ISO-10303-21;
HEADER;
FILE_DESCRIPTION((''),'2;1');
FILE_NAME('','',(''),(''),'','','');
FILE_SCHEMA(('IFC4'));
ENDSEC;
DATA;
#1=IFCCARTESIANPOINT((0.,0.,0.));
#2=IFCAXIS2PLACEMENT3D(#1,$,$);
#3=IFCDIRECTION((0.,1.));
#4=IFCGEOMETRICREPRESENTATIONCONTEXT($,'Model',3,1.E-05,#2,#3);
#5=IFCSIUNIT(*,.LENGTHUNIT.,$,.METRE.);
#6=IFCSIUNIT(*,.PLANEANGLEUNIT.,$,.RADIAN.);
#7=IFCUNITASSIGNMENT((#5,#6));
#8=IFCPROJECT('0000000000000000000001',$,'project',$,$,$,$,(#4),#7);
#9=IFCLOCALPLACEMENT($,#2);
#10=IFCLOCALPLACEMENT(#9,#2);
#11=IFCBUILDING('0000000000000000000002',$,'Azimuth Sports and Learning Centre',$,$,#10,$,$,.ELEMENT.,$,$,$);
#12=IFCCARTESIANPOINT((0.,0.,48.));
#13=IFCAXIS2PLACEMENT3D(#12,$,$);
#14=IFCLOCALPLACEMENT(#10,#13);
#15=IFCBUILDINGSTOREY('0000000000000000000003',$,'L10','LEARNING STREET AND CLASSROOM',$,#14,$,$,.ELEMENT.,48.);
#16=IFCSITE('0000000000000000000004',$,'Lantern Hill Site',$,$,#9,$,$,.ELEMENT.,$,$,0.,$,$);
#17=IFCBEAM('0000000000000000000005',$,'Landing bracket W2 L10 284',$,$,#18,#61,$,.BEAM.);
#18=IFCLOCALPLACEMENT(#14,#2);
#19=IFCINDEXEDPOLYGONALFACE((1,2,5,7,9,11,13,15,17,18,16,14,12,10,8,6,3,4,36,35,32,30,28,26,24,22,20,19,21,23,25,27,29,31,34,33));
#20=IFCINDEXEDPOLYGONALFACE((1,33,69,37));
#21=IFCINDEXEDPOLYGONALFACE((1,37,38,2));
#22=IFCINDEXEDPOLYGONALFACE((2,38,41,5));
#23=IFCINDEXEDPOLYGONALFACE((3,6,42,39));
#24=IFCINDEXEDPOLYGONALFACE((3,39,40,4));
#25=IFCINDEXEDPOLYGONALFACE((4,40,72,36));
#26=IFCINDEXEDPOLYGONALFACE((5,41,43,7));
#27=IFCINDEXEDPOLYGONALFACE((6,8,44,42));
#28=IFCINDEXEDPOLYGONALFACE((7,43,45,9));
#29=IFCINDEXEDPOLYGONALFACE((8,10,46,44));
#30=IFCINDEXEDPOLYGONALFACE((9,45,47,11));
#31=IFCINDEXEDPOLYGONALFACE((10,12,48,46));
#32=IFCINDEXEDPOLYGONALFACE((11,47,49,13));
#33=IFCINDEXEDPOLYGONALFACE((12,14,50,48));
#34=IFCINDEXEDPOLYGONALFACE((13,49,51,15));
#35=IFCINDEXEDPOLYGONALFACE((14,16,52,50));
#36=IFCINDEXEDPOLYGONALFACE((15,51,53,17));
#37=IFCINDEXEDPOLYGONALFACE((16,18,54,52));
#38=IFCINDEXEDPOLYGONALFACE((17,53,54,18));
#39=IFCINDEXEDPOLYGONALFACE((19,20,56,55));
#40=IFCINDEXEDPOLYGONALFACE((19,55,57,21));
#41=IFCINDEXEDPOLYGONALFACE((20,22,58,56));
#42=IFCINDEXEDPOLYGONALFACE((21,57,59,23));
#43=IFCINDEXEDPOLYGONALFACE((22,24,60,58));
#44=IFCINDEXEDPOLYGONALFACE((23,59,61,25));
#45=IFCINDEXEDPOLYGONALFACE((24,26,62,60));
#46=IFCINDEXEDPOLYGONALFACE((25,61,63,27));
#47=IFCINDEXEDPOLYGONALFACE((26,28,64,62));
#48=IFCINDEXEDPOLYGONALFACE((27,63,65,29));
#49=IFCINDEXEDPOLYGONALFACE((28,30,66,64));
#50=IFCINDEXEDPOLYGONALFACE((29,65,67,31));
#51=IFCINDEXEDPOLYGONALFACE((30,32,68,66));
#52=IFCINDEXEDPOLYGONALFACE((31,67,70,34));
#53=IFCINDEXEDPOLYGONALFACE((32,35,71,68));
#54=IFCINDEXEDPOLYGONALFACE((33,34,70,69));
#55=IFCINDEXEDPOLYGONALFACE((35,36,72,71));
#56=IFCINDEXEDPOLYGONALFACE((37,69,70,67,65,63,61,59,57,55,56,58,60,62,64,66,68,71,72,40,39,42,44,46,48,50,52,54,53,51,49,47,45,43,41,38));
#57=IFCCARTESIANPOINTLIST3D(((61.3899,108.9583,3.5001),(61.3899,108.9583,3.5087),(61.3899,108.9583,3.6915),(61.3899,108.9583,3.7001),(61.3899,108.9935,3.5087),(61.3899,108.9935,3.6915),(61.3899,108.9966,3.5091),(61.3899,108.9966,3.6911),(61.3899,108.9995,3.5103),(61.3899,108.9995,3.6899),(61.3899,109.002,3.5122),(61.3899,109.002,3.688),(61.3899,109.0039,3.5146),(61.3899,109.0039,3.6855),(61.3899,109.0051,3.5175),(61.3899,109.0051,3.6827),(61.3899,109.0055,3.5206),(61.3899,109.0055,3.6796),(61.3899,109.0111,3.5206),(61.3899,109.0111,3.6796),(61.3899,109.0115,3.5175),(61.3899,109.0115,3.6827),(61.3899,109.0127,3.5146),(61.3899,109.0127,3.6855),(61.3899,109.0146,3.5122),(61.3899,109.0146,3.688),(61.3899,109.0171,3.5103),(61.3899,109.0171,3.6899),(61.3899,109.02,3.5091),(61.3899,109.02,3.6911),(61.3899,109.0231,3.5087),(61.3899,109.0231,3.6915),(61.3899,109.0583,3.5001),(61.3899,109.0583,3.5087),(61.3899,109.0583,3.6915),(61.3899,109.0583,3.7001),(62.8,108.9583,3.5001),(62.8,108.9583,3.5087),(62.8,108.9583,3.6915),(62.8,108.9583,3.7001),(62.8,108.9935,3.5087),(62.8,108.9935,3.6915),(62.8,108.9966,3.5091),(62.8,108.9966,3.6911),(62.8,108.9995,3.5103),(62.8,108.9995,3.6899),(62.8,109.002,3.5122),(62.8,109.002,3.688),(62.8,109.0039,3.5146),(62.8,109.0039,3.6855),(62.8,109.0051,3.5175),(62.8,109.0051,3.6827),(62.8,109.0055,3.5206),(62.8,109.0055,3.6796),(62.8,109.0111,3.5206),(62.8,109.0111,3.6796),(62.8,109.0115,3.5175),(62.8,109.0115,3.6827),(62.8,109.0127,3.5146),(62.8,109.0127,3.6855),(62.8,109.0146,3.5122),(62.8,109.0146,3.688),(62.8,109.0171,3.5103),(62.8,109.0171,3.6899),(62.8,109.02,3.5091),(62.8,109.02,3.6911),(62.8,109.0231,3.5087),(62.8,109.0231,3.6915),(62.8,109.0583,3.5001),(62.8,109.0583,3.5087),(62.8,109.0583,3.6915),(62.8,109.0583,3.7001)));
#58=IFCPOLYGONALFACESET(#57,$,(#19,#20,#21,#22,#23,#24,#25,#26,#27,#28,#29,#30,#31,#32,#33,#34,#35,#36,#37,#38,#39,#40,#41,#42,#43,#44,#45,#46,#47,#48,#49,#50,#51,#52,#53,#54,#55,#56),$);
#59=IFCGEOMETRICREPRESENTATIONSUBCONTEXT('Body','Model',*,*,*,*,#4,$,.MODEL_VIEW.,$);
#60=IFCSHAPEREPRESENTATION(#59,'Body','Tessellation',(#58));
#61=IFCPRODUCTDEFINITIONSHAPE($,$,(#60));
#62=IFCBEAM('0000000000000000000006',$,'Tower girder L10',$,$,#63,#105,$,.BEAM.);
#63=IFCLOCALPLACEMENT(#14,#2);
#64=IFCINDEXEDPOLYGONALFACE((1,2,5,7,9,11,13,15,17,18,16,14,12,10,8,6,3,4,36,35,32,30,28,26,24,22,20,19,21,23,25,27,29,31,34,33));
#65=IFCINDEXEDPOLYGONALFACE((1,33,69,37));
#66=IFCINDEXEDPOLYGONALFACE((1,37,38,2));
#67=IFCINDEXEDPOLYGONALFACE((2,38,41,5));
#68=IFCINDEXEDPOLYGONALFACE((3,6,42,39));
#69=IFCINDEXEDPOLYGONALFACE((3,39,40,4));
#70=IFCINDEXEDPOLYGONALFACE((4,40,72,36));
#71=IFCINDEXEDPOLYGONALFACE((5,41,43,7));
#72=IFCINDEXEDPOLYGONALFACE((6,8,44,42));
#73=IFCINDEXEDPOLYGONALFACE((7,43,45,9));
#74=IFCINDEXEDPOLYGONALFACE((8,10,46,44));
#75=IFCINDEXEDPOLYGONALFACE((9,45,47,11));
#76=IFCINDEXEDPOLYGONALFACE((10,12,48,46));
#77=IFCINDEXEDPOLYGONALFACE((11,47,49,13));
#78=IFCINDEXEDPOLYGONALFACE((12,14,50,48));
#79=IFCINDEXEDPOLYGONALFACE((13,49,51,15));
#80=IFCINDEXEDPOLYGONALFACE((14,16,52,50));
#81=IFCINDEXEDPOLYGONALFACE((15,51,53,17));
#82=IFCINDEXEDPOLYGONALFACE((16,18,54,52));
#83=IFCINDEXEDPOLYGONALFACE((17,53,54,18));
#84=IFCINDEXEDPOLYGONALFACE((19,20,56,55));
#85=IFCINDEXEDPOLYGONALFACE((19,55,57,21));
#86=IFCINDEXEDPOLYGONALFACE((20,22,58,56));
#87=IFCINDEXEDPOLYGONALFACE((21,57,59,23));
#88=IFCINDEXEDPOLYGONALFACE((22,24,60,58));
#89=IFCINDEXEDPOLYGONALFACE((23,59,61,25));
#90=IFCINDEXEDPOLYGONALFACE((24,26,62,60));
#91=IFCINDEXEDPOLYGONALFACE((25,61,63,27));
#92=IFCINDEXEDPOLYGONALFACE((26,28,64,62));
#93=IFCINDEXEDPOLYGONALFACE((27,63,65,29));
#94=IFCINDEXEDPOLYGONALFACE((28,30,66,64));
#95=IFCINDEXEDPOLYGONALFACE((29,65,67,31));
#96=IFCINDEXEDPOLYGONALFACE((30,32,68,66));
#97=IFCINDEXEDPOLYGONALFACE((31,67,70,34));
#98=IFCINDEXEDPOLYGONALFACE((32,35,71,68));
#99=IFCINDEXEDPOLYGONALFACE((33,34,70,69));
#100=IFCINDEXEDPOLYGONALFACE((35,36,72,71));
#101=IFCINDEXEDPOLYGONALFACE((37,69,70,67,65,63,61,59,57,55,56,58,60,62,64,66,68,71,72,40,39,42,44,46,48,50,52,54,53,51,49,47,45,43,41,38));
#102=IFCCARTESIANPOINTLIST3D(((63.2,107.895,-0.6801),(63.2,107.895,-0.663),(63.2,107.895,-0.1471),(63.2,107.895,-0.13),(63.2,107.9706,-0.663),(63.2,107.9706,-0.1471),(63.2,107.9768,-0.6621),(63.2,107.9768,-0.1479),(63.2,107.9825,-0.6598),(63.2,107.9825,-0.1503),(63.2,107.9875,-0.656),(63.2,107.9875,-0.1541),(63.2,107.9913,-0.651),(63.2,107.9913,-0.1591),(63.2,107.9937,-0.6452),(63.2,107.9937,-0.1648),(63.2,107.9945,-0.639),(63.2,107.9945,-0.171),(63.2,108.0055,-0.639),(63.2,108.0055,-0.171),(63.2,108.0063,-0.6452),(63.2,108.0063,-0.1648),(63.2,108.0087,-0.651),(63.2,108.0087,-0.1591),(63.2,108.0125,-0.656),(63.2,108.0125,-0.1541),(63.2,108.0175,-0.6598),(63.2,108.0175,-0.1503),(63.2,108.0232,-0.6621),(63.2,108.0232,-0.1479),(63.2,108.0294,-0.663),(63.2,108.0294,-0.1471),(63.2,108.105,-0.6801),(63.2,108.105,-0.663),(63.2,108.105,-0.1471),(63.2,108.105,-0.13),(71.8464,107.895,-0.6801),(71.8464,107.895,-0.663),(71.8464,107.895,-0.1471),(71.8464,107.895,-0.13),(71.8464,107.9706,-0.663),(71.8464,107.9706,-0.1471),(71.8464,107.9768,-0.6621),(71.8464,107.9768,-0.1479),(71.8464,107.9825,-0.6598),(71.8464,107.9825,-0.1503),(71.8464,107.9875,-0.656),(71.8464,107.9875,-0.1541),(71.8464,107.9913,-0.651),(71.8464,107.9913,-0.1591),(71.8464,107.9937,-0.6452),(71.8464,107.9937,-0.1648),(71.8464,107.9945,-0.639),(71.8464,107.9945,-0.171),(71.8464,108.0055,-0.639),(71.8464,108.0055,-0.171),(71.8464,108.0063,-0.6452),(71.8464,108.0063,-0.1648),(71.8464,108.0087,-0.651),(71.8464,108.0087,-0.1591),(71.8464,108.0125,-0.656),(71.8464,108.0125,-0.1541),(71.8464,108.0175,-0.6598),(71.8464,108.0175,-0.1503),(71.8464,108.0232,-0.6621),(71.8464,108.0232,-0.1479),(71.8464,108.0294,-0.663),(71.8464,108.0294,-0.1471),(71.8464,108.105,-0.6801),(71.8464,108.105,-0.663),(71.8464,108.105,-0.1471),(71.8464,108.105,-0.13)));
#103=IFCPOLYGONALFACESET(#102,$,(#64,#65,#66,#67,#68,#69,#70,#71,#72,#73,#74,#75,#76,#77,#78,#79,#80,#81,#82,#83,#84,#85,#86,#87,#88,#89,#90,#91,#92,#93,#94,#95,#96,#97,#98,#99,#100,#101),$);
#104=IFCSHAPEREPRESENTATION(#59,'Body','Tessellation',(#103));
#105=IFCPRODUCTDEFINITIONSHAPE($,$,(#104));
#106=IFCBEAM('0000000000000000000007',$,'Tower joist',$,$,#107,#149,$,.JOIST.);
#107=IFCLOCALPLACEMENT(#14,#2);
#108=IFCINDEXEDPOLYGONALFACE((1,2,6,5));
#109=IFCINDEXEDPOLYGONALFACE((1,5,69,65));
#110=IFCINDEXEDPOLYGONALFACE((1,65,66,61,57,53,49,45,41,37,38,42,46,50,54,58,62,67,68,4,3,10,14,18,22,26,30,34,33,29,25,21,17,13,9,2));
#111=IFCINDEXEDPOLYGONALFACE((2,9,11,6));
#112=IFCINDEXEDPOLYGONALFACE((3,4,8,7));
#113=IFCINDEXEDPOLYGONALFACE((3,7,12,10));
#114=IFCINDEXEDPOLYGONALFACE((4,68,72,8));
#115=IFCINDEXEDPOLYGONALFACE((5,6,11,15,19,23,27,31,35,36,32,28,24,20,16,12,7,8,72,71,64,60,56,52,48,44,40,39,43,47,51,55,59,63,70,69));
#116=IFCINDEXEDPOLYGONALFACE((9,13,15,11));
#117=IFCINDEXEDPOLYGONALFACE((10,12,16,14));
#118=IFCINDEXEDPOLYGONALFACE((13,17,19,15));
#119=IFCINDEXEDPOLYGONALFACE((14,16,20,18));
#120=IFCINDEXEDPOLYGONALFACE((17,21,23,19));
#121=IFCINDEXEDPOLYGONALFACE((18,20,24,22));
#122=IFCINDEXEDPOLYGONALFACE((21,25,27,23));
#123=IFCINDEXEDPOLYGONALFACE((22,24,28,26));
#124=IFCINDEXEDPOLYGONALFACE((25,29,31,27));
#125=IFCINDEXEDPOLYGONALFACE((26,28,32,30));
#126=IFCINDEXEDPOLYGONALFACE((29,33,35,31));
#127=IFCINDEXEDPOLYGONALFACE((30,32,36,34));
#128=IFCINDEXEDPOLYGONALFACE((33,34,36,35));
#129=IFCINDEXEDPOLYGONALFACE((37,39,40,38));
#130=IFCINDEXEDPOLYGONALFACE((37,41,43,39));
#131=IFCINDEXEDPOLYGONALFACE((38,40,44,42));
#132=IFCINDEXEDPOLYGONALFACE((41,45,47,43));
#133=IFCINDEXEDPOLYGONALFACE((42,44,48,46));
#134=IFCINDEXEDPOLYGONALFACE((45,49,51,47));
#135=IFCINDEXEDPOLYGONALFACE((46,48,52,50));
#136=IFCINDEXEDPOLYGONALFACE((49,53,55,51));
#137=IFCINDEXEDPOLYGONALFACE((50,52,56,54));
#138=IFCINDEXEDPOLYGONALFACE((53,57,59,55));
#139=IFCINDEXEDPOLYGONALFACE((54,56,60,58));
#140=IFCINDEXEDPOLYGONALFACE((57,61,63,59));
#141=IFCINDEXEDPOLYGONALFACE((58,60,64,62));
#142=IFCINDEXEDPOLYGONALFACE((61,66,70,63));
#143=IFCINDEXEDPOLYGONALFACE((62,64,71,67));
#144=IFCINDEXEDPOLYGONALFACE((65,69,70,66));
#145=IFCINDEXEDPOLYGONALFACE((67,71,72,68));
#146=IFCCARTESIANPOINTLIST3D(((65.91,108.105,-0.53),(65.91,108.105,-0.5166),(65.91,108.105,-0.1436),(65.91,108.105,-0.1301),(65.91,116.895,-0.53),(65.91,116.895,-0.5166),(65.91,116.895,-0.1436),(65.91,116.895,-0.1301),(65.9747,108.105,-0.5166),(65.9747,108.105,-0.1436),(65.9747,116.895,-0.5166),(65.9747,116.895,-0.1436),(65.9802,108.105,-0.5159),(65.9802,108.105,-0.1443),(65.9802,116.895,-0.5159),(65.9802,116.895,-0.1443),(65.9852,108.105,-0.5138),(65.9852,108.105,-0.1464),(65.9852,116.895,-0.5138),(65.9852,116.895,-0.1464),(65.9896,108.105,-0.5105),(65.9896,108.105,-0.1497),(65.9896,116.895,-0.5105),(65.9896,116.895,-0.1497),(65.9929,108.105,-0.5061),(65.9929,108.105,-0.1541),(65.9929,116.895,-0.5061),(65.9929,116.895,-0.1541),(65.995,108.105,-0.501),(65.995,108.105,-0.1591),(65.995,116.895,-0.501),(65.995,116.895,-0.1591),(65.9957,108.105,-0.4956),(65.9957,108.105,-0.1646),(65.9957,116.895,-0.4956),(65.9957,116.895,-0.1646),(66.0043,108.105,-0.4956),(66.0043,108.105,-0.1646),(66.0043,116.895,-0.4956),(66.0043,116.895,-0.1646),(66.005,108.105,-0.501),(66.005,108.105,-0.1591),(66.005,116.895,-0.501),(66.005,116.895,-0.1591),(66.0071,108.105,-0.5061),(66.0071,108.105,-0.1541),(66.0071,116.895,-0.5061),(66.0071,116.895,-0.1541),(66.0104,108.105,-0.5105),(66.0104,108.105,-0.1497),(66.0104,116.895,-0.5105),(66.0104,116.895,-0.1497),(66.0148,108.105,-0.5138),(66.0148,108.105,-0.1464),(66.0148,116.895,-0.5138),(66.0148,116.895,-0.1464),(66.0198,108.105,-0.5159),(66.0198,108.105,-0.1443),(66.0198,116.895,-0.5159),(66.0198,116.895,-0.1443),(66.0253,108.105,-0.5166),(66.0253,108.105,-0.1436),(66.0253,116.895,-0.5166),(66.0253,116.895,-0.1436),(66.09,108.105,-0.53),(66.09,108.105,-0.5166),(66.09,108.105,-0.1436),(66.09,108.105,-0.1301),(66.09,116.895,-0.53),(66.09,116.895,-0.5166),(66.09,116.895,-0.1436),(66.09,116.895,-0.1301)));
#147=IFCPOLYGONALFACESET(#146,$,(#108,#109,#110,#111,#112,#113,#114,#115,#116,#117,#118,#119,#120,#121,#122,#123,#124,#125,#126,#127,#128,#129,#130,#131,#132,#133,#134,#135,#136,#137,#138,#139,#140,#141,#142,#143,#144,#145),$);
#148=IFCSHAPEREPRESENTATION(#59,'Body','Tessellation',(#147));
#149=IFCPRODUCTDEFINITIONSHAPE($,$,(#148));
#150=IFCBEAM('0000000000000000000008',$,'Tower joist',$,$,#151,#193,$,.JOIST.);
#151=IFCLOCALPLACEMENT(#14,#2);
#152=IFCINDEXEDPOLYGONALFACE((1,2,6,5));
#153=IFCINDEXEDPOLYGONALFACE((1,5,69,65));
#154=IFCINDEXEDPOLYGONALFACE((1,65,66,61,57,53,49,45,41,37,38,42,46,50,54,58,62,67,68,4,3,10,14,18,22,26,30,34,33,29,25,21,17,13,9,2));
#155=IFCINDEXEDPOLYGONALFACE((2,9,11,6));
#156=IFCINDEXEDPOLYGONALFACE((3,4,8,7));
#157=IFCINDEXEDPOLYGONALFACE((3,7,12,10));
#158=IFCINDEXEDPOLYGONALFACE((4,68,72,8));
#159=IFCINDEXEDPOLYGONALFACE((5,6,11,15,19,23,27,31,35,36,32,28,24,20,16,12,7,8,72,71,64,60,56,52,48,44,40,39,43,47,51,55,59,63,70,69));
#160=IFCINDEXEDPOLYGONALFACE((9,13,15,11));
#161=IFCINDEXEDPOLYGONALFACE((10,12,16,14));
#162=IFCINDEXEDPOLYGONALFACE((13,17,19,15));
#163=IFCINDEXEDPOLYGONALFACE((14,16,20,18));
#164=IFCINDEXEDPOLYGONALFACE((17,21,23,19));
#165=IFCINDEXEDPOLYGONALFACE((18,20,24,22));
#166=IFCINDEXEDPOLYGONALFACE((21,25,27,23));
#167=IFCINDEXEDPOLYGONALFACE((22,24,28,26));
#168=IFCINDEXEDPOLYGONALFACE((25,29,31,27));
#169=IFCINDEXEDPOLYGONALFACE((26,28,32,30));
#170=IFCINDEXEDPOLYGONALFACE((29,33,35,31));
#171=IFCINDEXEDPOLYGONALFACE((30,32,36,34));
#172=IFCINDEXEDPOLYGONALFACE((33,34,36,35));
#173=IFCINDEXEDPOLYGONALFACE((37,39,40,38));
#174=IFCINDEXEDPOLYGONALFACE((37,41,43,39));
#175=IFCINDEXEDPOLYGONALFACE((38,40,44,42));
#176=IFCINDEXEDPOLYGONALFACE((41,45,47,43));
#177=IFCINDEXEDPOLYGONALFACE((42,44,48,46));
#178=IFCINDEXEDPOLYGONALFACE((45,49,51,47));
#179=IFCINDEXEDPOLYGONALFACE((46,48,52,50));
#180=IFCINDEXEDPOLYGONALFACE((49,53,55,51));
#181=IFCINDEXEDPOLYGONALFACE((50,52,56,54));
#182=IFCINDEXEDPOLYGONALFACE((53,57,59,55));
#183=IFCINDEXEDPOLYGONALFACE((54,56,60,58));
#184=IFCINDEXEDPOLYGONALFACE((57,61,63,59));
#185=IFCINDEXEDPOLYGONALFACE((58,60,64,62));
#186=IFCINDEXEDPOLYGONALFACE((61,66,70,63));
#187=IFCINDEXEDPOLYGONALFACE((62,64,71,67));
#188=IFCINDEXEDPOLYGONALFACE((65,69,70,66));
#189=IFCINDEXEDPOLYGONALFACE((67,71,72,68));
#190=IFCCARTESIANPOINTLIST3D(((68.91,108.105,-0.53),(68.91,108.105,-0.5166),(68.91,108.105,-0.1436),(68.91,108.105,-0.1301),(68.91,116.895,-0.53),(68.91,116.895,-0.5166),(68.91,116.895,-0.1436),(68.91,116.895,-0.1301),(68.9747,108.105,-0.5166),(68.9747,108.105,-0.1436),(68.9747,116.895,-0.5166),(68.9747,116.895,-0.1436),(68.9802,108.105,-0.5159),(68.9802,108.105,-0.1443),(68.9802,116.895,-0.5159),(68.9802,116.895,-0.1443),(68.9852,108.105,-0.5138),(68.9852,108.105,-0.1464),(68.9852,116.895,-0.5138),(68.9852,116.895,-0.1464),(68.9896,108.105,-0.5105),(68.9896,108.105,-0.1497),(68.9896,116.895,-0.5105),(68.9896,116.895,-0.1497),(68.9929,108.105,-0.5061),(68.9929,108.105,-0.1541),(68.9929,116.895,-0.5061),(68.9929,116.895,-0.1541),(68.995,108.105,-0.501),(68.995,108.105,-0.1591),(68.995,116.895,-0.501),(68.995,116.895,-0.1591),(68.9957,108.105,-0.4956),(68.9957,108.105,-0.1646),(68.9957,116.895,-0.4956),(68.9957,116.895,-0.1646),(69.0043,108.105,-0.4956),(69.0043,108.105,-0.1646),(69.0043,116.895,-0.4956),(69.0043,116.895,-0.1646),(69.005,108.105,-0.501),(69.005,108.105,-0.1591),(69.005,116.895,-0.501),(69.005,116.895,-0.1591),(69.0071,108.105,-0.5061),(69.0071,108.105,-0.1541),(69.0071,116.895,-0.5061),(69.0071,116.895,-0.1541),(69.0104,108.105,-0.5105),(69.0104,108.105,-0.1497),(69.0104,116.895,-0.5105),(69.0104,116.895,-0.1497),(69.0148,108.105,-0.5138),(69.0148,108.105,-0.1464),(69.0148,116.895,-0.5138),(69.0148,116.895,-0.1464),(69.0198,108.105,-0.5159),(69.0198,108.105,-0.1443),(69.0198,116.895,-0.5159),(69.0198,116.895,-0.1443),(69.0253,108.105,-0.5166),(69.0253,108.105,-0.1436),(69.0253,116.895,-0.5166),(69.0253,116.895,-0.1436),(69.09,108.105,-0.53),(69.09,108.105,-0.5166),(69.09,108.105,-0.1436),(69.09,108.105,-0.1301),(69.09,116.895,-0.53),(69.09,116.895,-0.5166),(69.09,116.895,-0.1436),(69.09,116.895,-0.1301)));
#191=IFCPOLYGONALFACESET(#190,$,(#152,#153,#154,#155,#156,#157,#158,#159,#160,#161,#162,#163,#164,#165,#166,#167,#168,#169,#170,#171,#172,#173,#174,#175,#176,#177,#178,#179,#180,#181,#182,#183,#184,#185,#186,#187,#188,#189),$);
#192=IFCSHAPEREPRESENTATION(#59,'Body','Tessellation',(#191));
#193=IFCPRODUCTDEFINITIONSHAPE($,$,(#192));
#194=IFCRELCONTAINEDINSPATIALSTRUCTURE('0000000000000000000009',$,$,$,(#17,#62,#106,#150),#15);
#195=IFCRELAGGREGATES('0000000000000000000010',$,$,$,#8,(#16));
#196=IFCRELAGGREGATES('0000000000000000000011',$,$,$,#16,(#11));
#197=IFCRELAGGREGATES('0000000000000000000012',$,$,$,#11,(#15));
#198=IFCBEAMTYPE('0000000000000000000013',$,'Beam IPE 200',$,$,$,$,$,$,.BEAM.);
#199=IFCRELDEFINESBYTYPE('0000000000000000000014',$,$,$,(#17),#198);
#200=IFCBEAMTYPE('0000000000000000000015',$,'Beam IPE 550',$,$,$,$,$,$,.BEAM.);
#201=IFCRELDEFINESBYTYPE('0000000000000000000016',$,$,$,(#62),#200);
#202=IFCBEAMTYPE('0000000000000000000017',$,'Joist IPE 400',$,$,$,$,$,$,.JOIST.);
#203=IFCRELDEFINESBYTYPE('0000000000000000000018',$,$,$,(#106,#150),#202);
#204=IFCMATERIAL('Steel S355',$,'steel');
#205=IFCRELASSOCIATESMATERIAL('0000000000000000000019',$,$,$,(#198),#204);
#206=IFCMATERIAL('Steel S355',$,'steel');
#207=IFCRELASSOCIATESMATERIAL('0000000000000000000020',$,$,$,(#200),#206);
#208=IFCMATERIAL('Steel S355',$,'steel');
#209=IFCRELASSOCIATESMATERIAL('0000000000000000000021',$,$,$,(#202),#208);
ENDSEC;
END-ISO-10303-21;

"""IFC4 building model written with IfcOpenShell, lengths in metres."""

from ifc_helpers import new_model, si_unit, direction, frame, origin, origin_2d, place, context, subcontext, project, spatial, i_section, extrude, material, material_profile, profile_set, type_object, element, save


model = new_model("IFC4")

# Units and contexts
model_context = context("Model", 3, precision=1e-05, world=origin(), true_north=direction((0.0, 1.0)))
body_context = subcontext(model_context, "Body", "Model", "MODEL_VIEW")
ifc_project = project(units=[si_unit("LENGTHUNIT", "METRE"), si_unit("PLANEANGLEUNIT", "RADIAN")], contexts=[model_context])

# Site, building, storey
site_placement = place(None, origin())
site = spatial("IfcSite", under=ifc_project, at=site_placement, Name="Lantern Hill Site", CompositionType="ELEMENT", RefElevation=0.0)
building_placement = place(site_placement, origin())
building = spatial("IfcBuilding", under=site, at=building_placement, Name="Azimuth Sports and Learning Centre", CompositionType="ELEMENT")
storey_placement = place(building_placement, frame((0.0, 0.0, 48.0)))
storey = spatial("IfcBuildingStorey", under=building, at=storey_placement, Name="L10", Description="LEARNING STREET AND CLASSROOM", CompositionType="ELEMENT", Elevation=48.0)

# Beams
ifc_material_1 = material(Name="Steel S355", Category="steel")
ifc_material_profile_1 = material_profile(ifc_material_1, i_section(OverallWidth=0.1001, OverallDepth=0.2, WebThickness=0.0056, FlangeThickness=0.0085, FilletRadius=0.012, at=origin_2d()), Name="IPE 200")
ifc_profile_set_1 = profile_set([ifc_material_profile_1], Name="Steel S355")
beam_type_1 = type_object("IfcBeamType", Name="Beam IPE 200", PredefinedType="BEAM", material=ifc_profile_set_1)
beam_1_placement = place(storey_placement, frame((62.8, 109.0083, 3.6001), z_axis=(-1.0, 0.0, 0.0), x_axis=(0.0, -1.0, 0.0)))
element("IfcBeam", 1, at=beam_1_placement, inside=storey, type_object=beam_type_1, Name="Landing bracket W2 L10 284", PredefinedType="BEAM", context=body_context, shape_type="SweptSolid", body=[
    extrude(i_section(OverallWidth=0.1001, OverallDepth=0.2, WebThickness=0.0056, FlangeThickness=0.0085, FilletRadius=0.012, at=origin_2d()), origin(), (0.0, 0.0, 1.0), 1.4102),
])
ifc_material_2 = material(Name="Steel S355", Category="steel")
ifc_material_profile_2 = material_profile(ifc_material_2, i_section(OverallWidth=0.21, OverallDepth=0.55, WebThickness=0.011, FlangeThickness=0.0171, FilletRadius=0.0239, at=origin_2d()), Name="IPE 550")
ifc_profile_set_2 = profile_set([ifc_material_profile_2], Name="Steel S355")
beam_type_2 = type_object("IfcBeamType", Name="Beam IPE 550", PredefinedType="BEAM", material=ifc_profile_set_2)
beam_2_placement = place(storey_placement, frame((63.2, 108.0, -0.405), z_axis=(1.0, 0.0, 0.0), x_axis=(0.0, 1.0, 0.0)))
element("IfcBeam", 2, at=beam_2_placement, inside=storey, type_object=beam_type_2, Name="Tower girder L10", PredefinedType="BEAM", context=body_context, shape_type="SweptSolid", body=[
    extrude(i_section(OverallWidth=0.21, OverallDepth=0.55, WebThickness=0.011, FlangeThickness=0.0171, FilletRadius=0.0239, at=origin_2d()), origin(), (0.0, 0.0, 1.0), 8.6465),
])
ifc_material_3 = material(Name="Steel S355", Category="steel")
ifc_material_profile_3 = material_profile(ifc_material_3, i_section(OverallWidth=0.1799, OverallDepth=0.3999, WebThickness=0.0085, FlangeThickness=0.0134, FilletRadius=0.021, at=origin_2d()), Name="IPE 400")
ifc_profile_set_3 = profile_set([ifc_material_profile_3], Name="Steel S355")
beam_type_3 = type_object("IfcBeamType", Name="Joist IPE 400", PredefinedType="JOIST", material=ifc_profile_set_3)
for number, where, z_axis, x_axis, name in (
    (3, (66.0, 108.105, -0.3301), (0.0, 1.0, 0.0), (-1.0, 0.0, 0.0), "Tower joist"),
    (4, (69.0, 108.105, -0.3301), (0.0, 1.0, 0.0), (-1.0, 0.0, 0.0), "Tower joist"),
):
    element("IfcBeam", number, at=place(storey_placement, frame(where, z_axis=z_axis, x_axis=x_axis)), inside=storey, type_object=beam_type_3, Name=name, PredefinedType="JOIST", context=body_context, shape_type="SweptSolid", body=[
        extrude(i_section(OverallWidth=0.1799, OverallDepth=0.3999, WebThickness=0.0085, FlangeThickness=0.0134, FilletRadius=0.021, at=origin_2d()), origin(), (0.0, 0.0, 1.0), 8.79),
    ])

save(model, "model.ifc")
